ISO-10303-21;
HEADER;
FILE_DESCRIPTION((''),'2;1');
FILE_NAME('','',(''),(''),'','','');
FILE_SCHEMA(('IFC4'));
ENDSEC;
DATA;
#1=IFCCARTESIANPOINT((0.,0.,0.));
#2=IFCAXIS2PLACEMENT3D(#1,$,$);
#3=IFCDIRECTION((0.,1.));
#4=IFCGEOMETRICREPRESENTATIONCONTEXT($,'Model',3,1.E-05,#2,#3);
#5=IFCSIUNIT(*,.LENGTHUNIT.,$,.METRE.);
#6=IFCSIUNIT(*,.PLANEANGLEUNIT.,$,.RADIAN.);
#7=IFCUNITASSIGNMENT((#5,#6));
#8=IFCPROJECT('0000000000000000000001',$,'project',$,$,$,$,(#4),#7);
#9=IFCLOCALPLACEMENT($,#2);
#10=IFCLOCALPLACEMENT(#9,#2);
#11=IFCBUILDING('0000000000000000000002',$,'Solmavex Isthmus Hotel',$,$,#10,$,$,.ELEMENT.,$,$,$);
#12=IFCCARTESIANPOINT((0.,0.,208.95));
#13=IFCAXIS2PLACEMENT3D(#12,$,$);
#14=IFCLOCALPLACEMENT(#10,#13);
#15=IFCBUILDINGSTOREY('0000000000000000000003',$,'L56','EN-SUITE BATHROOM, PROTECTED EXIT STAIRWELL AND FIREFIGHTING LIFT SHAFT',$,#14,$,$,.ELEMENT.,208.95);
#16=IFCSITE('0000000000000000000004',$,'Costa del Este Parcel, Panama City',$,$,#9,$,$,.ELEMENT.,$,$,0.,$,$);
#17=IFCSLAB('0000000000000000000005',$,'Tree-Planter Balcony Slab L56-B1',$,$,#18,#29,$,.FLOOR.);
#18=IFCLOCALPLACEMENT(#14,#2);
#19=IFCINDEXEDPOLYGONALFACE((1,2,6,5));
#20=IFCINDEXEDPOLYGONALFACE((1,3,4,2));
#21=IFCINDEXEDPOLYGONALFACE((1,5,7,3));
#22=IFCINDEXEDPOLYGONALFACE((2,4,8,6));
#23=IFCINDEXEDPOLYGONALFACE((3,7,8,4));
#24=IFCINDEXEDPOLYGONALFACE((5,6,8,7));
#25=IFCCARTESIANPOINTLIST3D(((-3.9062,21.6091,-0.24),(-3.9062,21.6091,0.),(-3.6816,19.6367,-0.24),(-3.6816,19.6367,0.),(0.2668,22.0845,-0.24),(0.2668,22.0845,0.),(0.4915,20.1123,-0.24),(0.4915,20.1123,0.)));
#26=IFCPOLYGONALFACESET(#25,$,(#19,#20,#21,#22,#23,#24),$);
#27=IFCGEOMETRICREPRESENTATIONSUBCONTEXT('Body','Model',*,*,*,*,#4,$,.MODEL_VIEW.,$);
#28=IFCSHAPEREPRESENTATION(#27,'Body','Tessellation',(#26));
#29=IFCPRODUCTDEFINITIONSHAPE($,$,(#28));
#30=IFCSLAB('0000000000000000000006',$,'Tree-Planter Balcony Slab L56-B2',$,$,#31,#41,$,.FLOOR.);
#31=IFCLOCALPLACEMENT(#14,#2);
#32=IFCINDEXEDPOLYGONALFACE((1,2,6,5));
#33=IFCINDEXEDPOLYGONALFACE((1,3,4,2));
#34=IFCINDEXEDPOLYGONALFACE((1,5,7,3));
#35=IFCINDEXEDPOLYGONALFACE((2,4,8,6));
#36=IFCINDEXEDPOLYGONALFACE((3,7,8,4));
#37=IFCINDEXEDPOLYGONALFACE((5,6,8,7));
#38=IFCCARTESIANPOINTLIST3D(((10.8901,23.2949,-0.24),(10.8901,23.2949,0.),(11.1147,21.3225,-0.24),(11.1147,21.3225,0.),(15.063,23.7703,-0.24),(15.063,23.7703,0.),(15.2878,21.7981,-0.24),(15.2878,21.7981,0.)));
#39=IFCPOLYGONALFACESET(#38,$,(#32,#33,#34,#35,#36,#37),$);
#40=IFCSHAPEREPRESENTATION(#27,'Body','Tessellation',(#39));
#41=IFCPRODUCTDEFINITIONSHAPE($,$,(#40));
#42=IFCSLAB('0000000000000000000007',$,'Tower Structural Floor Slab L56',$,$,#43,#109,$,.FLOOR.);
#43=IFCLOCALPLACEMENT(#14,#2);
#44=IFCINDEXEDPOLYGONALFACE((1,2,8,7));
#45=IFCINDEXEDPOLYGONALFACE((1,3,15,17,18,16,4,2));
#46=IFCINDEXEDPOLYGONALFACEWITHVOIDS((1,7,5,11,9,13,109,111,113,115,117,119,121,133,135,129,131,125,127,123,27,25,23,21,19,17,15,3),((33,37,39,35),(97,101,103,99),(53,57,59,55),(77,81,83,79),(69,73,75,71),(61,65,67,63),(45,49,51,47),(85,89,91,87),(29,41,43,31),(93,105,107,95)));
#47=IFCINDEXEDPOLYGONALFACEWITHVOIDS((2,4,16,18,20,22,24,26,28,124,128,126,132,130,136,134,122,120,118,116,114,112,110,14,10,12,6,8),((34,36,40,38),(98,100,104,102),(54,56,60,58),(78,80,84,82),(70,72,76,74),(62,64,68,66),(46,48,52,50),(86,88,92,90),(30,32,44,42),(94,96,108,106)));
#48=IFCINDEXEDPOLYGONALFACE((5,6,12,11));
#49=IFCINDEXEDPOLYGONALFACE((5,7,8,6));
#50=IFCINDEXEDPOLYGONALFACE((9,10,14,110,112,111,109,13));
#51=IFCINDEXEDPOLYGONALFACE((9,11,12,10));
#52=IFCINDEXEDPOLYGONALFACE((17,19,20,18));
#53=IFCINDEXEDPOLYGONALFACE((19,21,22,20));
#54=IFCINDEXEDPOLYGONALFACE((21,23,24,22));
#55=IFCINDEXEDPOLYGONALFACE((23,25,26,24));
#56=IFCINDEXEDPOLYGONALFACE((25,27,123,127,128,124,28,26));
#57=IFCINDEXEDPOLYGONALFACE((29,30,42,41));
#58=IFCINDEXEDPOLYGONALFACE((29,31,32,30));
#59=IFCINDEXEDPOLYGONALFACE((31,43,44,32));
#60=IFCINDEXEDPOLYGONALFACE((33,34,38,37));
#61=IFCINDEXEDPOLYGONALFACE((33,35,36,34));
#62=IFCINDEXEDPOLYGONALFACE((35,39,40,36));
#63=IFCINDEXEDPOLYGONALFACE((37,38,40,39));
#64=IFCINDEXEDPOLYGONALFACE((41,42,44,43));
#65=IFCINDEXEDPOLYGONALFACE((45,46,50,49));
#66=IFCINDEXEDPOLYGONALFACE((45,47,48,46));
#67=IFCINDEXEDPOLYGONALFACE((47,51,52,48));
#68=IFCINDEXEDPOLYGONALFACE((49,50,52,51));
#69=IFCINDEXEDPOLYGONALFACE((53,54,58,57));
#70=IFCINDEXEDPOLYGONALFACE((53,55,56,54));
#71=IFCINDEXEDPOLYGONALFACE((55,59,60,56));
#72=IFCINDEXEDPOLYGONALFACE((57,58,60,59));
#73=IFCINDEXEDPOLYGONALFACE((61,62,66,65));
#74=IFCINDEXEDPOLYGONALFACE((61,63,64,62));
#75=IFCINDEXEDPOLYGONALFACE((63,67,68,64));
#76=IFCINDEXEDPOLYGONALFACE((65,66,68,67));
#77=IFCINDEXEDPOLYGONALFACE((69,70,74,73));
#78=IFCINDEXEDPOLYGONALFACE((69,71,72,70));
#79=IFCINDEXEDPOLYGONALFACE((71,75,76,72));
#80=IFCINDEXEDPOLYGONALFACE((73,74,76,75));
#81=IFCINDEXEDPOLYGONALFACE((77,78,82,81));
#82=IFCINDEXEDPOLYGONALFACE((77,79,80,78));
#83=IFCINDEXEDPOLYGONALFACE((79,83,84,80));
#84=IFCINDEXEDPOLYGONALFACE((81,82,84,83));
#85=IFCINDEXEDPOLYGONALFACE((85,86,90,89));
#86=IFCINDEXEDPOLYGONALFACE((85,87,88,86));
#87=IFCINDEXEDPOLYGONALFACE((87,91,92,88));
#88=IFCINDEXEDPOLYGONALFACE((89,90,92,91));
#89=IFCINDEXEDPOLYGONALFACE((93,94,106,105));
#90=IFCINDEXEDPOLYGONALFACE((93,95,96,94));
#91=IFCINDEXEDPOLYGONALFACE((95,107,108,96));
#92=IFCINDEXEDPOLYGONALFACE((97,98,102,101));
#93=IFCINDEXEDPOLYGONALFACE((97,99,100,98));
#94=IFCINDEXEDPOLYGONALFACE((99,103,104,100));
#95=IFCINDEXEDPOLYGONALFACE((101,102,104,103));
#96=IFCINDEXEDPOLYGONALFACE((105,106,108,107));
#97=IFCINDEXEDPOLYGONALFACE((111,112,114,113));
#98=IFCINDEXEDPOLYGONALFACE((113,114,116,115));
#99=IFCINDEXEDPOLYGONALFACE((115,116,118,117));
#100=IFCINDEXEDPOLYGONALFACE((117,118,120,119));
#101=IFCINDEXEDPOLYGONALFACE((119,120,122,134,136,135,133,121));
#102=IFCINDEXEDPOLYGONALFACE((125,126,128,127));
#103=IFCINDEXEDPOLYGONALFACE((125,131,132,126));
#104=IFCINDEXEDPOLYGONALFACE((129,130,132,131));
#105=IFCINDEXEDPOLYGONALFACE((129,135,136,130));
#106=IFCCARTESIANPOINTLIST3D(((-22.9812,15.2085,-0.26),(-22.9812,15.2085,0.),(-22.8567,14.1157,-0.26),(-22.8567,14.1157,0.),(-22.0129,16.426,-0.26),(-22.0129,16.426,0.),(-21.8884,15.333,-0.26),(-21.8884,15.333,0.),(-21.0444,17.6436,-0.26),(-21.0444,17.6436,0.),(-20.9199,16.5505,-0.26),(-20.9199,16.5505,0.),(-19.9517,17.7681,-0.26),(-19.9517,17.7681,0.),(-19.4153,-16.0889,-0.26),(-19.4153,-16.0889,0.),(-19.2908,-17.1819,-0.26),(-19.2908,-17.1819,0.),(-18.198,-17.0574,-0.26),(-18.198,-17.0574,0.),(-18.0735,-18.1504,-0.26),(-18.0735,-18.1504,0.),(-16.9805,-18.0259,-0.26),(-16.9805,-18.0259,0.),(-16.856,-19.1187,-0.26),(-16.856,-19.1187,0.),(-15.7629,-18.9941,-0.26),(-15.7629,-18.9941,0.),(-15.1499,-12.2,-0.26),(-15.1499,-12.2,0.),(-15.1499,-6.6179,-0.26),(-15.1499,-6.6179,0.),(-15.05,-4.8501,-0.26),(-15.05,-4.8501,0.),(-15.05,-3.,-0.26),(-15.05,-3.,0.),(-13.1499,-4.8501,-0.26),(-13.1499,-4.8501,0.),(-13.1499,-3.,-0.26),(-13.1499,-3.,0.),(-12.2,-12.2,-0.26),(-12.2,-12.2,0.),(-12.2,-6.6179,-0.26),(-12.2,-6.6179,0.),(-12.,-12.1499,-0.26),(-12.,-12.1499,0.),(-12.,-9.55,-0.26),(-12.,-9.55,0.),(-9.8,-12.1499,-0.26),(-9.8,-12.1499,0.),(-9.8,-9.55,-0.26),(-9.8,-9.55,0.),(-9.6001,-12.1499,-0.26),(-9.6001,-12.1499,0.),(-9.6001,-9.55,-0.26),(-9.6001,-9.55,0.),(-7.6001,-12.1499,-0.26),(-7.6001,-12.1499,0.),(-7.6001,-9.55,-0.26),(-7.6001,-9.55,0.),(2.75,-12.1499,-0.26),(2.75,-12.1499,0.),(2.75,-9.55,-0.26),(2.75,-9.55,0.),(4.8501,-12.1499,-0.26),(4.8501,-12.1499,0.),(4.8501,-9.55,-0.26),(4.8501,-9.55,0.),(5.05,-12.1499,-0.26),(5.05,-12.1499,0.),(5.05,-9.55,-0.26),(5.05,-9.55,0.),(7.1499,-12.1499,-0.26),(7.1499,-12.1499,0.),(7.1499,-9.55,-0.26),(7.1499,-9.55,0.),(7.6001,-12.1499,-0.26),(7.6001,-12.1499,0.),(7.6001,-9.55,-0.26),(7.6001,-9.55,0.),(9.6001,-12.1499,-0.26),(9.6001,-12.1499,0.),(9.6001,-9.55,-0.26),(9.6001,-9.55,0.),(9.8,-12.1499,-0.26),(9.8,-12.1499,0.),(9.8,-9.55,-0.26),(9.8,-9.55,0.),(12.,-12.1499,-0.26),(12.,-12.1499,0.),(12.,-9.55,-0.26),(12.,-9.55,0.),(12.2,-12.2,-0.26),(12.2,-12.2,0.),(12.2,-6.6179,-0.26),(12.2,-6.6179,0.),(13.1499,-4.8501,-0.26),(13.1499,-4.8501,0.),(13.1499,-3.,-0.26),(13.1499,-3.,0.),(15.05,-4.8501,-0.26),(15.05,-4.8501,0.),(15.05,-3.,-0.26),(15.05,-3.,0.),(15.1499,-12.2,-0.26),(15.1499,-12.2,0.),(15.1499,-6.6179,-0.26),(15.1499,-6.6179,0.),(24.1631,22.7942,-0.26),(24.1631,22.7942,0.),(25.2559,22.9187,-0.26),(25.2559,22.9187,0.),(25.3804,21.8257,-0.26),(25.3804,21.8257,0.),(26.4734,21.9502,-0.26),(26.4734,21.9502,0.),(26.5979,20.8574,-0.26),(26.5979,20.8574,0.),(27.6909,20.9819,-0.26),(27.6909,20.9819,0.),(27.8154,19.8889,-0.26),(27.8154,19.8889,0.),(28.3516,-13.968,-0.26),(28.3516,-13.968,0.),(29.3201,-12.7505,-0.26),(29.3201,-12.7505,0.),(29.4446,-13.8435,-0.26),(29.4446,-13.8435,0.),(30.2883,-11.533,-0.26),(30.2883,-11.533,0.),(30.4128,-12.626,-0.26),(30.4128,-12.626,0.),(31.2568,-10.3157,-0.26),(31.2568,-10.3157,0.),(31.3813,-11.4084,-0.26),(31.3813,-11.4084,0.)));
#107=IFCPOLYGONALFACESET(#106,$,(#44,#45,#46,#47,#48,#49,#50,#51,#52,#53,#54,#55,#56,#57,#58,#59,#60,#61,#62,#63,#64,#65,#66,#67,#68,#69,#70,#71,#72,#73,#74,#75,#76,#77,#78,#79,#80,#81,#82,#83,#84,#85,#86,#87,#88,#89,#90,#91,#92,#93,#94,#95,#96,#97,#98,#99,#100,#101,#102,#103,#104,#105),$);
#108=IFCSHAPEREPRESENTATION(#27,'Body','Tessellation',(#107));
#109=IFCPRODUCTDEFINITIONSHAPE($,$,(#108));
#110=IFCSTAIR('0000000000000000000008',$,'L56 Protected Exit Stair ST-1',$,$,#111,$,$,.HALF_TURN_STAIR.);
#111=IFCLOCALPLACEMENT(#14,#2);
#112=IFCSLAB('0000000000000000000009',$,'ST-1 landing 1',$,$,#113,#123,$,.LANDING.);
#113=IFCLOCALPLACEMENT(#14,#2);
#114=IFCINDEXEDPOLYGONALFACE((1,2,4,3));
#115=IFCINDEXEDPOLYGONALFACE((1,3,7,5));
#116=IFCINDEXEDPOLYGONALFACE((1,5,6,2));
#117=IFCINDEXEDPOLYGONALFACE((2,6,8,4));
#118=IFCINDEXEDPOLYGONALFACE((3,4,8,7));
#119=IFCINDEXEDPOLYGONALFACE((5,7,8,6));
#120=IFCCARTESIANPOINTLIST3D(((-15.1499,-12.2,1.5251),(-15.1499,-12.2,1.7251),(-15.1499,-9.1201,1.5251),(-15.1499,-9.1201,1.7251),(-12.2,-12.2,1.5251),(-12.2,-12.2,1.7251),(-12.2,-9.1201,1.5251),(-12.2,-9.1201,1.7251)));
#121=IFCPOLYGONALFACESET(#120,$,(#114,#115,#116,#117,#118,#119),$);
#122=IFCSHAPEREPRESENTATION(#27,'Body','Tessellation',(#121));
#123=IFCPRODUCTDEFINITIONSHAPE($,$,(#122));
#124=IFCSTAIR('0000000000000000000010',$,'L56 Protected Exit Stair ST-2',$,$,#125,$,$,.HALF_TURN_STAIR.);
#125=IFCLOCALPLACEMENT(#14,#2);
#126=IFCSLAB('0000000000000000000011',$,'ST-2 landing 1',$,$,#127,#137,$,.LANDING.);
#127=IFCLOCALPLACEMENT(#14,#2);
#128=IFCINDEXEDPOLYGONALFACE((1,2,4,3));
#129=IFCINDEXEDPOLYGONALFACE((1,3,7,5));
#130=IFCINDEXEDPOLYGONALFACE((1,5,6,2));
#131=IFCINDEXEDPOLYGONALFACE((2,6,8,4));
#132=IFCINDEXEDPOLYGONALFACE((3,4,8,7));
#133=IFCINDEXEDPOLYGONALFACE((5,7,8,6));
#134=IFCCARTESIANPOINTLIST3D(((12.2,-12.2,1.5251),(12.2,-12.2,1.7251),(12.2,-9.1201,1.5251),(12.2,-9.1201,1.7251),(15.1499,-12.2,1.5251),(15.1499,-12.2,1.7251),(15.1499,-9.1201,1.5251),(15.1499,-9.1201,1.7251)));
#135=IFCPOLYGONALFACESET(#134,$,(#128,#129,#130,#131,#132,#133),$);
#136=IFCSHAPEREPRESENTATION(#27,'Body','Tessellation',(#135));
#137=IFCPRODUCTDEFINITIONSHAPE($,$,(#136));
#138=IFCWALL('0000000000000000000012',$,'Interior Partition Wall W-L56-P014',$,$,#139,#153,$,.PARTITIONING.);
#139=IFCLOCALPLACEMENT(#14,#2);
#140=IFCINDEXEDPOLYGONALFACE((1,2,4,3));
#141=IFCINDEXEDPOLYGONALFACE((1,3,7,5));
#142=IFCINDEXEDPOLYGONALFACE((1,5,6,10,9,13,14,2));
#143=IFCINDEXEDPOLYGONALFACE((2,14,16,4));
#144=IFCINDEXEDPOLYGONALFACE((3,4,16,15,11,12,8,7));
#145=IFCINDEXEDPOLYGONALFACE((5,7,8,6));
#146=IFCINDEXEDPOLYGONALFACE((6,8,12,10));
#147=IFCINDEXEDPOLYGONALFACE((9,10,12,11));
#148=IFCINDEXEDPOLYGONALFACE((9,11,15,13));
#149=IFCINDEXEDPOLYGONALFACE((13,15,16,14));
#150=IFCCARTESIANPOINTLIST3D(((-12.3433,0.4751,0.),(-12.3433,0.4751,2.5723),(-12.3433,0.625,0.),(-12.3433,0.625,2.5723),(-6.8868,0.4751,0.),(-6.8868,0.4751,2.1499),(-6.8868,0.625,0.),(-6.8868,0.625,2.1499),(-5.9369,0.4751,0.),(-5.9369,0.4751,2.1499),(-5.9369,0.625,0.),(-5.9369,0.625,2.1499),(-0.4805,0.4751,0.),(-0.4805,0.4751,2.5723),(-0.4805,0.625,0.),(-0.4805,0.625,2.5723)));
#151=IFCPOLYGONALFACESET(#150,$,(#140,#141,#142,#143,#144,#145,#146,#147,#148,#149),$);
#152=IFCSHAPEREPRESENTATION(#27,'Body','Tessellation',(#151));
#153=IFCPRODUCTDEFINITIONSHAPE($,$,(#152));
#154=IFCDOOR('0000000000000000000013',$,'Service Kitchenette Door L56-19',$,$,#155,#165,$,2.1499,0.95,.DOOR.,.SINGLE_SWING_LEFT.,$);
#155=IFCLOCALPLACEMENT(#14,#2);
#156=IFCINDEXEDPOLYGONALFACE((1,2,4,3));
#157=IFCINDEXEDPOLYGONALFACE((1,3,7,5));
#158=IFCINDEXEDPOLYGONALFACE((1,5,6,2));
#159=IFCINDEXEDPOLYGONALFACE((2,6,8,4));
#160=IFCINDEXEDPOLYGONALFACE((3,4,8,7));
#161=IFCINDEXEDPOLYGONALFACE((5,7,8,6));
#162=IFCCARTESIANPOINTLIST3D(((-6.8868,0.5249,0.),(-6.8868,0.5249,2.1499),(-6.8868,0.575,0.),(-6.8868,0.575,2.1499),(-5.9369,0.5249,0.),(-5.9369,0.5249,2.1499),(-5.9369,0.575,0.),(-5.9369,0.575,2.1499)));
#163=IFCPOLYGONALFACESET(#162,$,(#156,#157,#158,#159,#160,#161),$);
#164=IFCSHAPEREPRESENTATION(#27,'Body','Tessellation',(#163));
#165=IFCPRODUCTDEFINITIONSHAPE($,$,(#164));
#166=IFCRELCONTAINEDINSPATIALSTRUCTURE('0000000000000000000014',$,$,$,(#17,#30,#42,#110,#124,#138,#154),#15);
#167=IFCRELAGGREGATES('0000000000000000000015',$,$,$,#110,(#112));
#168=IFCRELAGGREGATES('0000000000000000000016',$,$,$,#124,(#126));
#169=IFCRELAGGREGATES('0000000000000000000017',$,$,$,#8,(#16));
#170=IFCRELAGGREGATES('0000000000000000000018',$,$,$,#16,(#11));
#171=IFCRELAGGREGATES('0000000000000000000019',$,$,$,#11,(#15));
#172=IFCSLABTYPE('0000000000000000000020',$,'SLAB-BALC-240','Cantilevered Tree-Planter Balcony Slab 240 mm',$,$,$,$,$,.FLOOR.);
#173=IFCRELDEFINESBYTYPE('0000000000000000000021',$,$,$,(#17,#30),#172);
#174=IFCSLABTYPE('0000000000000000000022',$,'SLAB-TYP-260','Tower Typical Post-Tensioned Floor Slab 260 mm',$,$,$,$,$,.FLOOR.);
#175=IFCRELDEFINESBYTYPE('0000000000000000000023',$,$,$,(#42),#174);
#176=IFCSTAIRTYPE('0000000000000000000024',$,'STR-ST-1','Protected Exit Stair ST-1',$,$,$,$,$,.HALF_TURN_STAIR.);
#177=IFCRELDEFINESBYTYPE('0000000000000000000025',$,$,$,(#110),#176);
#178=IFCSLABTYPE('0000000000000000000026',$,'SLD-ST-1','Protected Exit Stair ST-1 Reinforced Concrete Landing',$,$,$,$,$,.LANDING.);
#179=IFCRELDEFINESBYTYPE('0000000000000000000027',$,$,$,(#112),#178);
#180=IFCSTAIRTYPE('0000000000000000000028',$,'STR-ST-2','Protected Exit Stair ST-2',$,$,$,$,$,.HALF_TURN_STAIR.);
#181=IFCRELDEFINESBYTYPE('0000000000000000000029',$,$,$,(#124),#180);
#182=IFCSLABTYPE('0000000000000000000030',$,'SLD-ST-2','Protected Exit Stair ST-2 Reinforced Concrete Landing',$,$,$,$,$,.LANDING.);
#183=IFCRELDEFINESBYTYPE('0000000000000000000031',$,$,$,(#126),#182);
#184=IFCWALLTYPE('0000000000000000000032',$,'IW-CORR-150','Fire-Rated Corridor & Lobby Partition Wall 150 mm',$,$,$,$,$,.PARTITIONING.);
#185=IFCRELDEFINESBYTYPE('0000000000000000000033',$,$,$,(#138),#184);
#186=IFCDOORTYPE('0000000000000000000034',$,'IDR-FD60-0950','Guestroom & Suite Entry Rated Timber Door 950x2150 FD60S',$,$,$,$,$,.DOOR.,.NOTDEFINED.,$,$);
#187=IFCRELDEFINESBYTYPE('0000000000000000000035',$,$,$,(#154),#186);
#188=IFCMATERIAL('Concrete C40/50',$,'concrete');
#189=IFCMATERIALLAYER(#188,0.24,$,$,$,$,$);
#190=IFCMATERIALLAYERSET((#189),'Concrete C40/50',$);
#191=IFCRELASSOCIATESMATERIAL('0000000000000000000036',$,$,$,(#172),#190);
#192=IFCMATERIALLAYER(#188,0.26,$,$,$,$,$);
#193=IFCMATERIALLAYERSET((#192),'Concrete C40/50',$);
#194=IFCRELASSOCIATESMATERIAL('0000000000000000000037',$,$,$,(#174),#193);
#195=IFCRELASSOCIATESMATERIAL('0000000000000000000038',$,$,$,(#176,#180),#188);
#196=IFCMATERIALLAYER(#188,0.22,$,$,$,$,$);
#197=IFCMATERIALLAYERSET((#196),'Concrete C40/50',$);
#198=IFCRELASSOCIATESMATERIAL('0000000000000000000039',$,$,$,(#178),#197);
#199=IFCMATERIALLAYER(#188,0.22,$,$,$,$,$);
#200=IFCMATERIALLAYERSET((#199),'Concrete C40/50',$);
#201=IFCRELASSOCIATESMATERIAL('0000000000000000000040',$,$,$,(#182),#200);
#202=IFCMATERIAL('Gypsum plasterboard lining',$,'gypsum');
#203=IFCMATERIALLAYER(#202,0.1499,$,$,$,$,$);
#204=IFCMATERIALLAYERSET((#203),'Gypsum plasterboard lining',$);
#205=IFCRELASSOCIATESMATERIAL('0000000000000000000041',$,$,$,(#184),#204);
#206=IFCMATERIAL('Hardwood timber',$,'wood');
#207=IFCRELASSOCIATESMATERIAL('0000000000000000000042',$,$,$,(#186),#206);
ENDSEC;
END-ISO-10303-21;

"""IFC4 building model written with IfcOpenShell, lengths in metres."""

from ifc_helpers import new_model, si_unit, direction, frame, frame_2d, origin, place, context, subcontext, project, spatial, polyline, rectangle, outline, extrude, material, layer, layer_set, type_object, element, fill, aggregate, save


model = new_model("IFC4")

# Units and contexts
model_context = context("Model", 3, precision=1e-05, world=origin(), true_north=direction((0.0, 1.0)))
body_context = subcontext(model_context, "Body", "Model", "MODEL_VIEW")
ifc_project = project(units=[si_unit("LENGTHUNIT", "METRE"), si_unit("PLANEANGLEUNIT", "RADIAN")], contexts=[model_context])

# Site, building, storey
site_placement = place(None, origin())
site = spatial("IfcSite", under=ifc_project, at=site_placement, Name="Costa del Este Parcel, Panama City", CompositionType="ELEMENT", RefElevation=0.0)
building_placement = place(site_placement, origin())
building = spatial("IfcBuilding", under=site, at=building_placement, Name="Solmavex Isthmus Hotel", CompositionType="ELEMENT")
storey_placement = place(building_placement, frame((0.0, 0.0, 208.95)))
storey = spatial("IfcBuildingStorey", under=building, at=storey_placement, Name="L56", Description="EN-SUITE BATHROOM, PROTECTED EXIT STAIRWELL AND FIREFIGHTING LIFT SHAFT", CompositionType="ELEMENT", Elevation=208.95)

# Slabs
ifc_material_1 = material(Name="Concrete C40/50", Category="concrete")
ifc_layer_1 = layer(ifc_material_1, 0.24)
ifc_layer_set_1 = layer_set([ifc_layer_1], Name="Concrete C40/50")
slab_type_1 = type_object("IfcSlabType", Name="SLAB-BALC-240", Description="Cantilevered Tree-Planter Balcony Slab 240 mm", PredefinedType="FLOOR", material=ifc_layer_set_1)
slab_1_placement = place(storey_placement, frame((0.0, 0.0, -0.24)))
element("IfcSlab", 1, at=slab_1_placement, inside=storey, type_object=slab_type_1, Name="Tree-Planter Balcony Slab L56-B1", PredefinedType="FLOOR", context=body_context, shape_type="SweptSolid", body=[
    extrude(outline(polyline([(-3.6816, 19.6367), (0.4915, 20.1123), (0.2668, 22.0845), (-3.9062, 21.6091), (-3.6816, 19.6367)])), origin(), (0.0, 0.0, 1.0), 0.24),
])
slab_2_placement = place(storey_placement, frame((0.0, 0.0, -0.24)))
element("IfcSlab", 2, at=slab_2_placement, inside=storey, type_object=slab_type_1, Name="Tree-Planter Balcony Slab L56-B2", PredefinedType="FLOOR", context=body_context, shape_type="SweptSolid", body=[
    extrude(outline(polyline([(11.1147, 21.3225), (15.2878, 21.7981), (15.063, 23.7703), (10.8901, 23.2949), (11.1147, 21.3225)])), origin(), (0.0, 0.0, 1.0), 0.24),
])
ifc_layer_2 = layer(ifc_material_1, 0.26)
ifc_layer_set_2 = layer_set([ifc_layer_2], Name="Concrete C40/50")
slab_type_2 = type_object("IfcSlabType", Name="SLAB-TYP-260", Description="Tower Typical Post-Tensioned Floor Slab 260 mm", PredefinedType="FLOOR", material=ifc_layer_set_2)
slab_3_placement = place(storey_placement, frame((0.0, 0.0, -0.26)))
element("IfcSlab", 3, at=slab_3_placement, inside=storey, type_object=slab_type_2, Name="Tower Structural Floor Slab L56", PredefinedType="FLOOR", context=body_context, shape_type="SweptSolid", body=[
    extrude(outline(polyline([(-15.7629, -18.9941), (28.3516, -13.968), (29.4446, -13.8435), (29.3201, -12.7505), (30.4128, -12.626), (30.2883, -11.533), (31.3813, -11.4084), (31.2568, -10.3157), (27.8154, 19.8889), (27.6909, 20.9819), (26.5979, 20.8574), (26.4734, 21.9502), (25.3804, 21.8257), (25.2559, 22.9187), (24.1631, 22.7942), (-19.9517, 17.7681), (-21.0444, 17.6436), (-20.9199, 16.5505), (-22.0129, 16.426), (-21.8884, 15.333), (-22.9812, 15.2085), (-22.8567, 14.1157), (-19.4153, -16.0889), (-19.2908, -17.1819), (-18.198, -17.0574), (-18.0735, -18.1504), (-16.9805, -18.0259), (-16.856, -19.1187), (-15.7629, -18.9941)]), holes=[polyline([(-15.1499, -6.6179), (-15.1499, -12.2), (-12.2, -12.2), (-12.2, -6.6179), (-15.1499, -6.6179)]), polyline([(12.2, -6.6179), (12.2, -12.2), (15.1499, -12.2), (15.1499, -6.6179), (12.2, -6.6179)]), polyline([(-12.0, -12.1499), (-9.8, -12.1499), (-9.8, -9.55), (-12.0, -9.55), (-12.0, -12.1499)]), polyline([(9.8, -12.1499), (12.0, -12.1499), (12.0, -9.55), (9.8, -9.55), (9.8, -12.1499)]), polyline([(-9.6001, -12.1499), (-7.6001, -12.1499), (-7.6001, -9.55), (-9.6001, -9.55), (-9.6001, -12.1499)]), polyline([(7.6001, -12.1499), (9.6001, -12.1499), (9.6001, -9.55), (7.6001, -9.55), (7.6001, -12.1499)]), polyline([(2.75, -12.1499), (4.8501, -12.1499), (4.8501, -9.55), (2.75, -9.55), (2.75, -12.1499)]), polyline([(5.05, -12.1499), (7.1499, -12.1499), (7.1499, -9.55), (5.05, -9.55), (5.05, -12.1499)]), polyline([(-15.05, -4.8501), (-13.1499, -4.8501), (-13.1499, -3.0), (-15.05, -3.0), (-15.05, -4.8501)]), polyline([(13.1499, -4.8501), (15.05, -4.8501), (15.05, -3.0), (13.1499, -3.0), (13.1499, -4.8501)])]), origin(), (0.0, 0.0, 1.0), 0.26),
])

# Stairs, slabs
stair_type_1 = type_object("IfcStairType", Name="STR-ST-1", Description="Protected Exit Stair ST-1", PredefinedType="HALF_TURN_STAIR", material=ifc_material_1)
stair_1_placement = place(storey_placement, origin())
stair_1 = element("IfcStair", 4, at=stair_1_placement, inside=storey, type_object=stair_type_1, Name="L56 Protected Exit Stair ST-1", PredefinedType="HALF_TURN_STAIR")
ifc_layer_3 = layer(ifc_material_1, 0.22)
ifc_layer_set_3 = layer_set([ifc_layer_3], Name="Concrete C40/50")
slab_type_3 = type_object("IfcSlabType", Name="SLD-ST-1", Description="Protected Exit Stair ST-1 Reinforced Concrete Landing", PredefinedType="LANDING", material=ifc_layer_set_3)
slab_4_placement = place(storey_placement, frame((0.0, 0.0, 1.5251)))
slab_4 = element("IfcSlab", 5, at=slab_4_placement, type_object=slab_type_3, Name="ST-1 landing 1", PredefinedType="LANDING", context=body_context, shape_type="SweptSolid", body=[
    extrude(outline(polyline([(-15.1499, -9.1201), (-15.1499, -12.2), (-12.2, -12.2), (-12.2, -9.1201), (-15.1499, -9.1201)])), origin(), (0.0, 0.0, 1.0), 0.2),
])
aggregate(stair_1, [slab_4])
stair_type_2 = type_object("IfcStairType", Name="STR-ST-2", Description="Protected Exit Stair ST-2", PredefinedType="HALF_TURN_STAIR", material=ifc_material_1)
stair_2_placement = place(storey_placement, origin())
stair_2 = element("IfcStair", 6, at=stair_2_placement, inside=storey, type_object=stair_type_2, Name="L56 Protected Exit Stair ST-2", PredefinedType="HALF_TURN_STAIR")
ifc_layer_4 = layer(ifc_material_1, 0.22)
ifc_layer_set_4 = layer_set([ifc_layer_4], Name="Concrete C40/50")
slab_type_4 = type_object("IfcSlabType", Name="SLD-ST-2", Description="Protected Exit Stair ST-2 Reinforced Concrete Landing", PredefinedType="LANDING", material=ifc_layer_set_4)
slab_5_placement = place(storey_placement, frame((0.0, 0.0, 1.5251)))
slab_5 = element("IfcSlab", 7, at=slab_5_placement, type_object=slab_type_4, Name="ST-2 landing 1", PredefinedType="LANDING", context=body_context, shape_type="SweptSolid", body=[
    extrude(outline(polyline([(12.2, -9.1201), (12.2, -12.2), (15.1499, -12.2), (15.1499, -9.1201), (12.2, -9.1201)])), origin(), (0.0, 0.0, 1.0), 0.2),
])
aggregate(stair_2, [slab_5])

# Wall, opening, door
ifc_material_2 = material(Name="Gypsum plasterboard lining", Category="gypsum")
ifc_layer_5 = layer(ifc_material_2, 0.1499)
ifc_layer_set_5 = layer_set([ifc_layer_5], Name="Gypsum plasterboard lining")
wall_type = type_object("IfcWallType", Name="IW-CORR-150", Description="Fire-Rated Corridor & Lobby Partition Wall 150 mm", PredefinedType="PARTITIONING", material=ifc_layer_set_5)
wall_1_placement = place(storey_placement, frame((-12.3433, 0.55, 0.0), z_axis=(0.0, 0.0, 1.0), x_axis=(1.0, 0.0, 0.0)))
wall_1 = element("IfcWall", 8, at=wall_1_placement, inside=storey, type_object=wall_type, Name="Interior Partition Wall W-L56-P014", PredefinedType="PARTITIONING", context=body_context, shape_type="SweptSolid", body=[
    extrude(rectangle(XDim=11.8628, YDim=0.1499, at=frame_2d((5.9314, 0.0))), origin(), (0.0, 0.0, 1.0), 2.5723),
])
opening_placement = place(wall_1_placement, frame((5.4563, 0.0, 0.0)))
opening = element("IfcOpeningElement", 9, at=opening_placement, cuts=wall_1, PredefinedType="OPENING", context=body_context, shape_type="SweptSolid", body=[
    extrude(rectangle(XDim=0.95, YDim=2.1499, at=frame_2d((0.4751, 1.075))), frame((0.0, 0.085, 0.0), z_axis=(0.0, -1.0, 0.0), x_axis=(1.0, 0.0, 0.0)), (0.0, 0.0, 1.0), 0.1699),
])
ifc_material_3 = material(Name="Hardwood timber", Category="wood")
door_type = type_object("IfcDoorType", Name="IDR-FD60-0950", Description="Guestroom & Suite Entry Rated Timber Door 950x2150 FD60S", OperationType="NOTDEFINED", PredefinedType="DOOR", material=ifc_material_3)
door_placement = place(opening_placement, origin())
door = element("IfcDoor", 10, at=door_placement, inside=storey, type_object=door_type, Name="Service Kitchenette Door L56-19", OperationType="SINGLE_SWING_LEFT", OverallHeight=2.1499, OverallWidth=0.95, PredefinedType="DOOR", context=body_context, shape_type="SweptSolid", body=[
    extrude(rectangle(XDim=0.95, YDim=2.1499, at=frame_2d((0.4751, 1.075))), frame((0.0, 0.0249, 0.0), z_axis=(0.0, -1.0, 0.0), x_axis=(1.0, 0.0, 0.0)), (0.0, 0.0, 1.0), 0.05),
])
fill(opening, door)

save(model, "model.ifc")
